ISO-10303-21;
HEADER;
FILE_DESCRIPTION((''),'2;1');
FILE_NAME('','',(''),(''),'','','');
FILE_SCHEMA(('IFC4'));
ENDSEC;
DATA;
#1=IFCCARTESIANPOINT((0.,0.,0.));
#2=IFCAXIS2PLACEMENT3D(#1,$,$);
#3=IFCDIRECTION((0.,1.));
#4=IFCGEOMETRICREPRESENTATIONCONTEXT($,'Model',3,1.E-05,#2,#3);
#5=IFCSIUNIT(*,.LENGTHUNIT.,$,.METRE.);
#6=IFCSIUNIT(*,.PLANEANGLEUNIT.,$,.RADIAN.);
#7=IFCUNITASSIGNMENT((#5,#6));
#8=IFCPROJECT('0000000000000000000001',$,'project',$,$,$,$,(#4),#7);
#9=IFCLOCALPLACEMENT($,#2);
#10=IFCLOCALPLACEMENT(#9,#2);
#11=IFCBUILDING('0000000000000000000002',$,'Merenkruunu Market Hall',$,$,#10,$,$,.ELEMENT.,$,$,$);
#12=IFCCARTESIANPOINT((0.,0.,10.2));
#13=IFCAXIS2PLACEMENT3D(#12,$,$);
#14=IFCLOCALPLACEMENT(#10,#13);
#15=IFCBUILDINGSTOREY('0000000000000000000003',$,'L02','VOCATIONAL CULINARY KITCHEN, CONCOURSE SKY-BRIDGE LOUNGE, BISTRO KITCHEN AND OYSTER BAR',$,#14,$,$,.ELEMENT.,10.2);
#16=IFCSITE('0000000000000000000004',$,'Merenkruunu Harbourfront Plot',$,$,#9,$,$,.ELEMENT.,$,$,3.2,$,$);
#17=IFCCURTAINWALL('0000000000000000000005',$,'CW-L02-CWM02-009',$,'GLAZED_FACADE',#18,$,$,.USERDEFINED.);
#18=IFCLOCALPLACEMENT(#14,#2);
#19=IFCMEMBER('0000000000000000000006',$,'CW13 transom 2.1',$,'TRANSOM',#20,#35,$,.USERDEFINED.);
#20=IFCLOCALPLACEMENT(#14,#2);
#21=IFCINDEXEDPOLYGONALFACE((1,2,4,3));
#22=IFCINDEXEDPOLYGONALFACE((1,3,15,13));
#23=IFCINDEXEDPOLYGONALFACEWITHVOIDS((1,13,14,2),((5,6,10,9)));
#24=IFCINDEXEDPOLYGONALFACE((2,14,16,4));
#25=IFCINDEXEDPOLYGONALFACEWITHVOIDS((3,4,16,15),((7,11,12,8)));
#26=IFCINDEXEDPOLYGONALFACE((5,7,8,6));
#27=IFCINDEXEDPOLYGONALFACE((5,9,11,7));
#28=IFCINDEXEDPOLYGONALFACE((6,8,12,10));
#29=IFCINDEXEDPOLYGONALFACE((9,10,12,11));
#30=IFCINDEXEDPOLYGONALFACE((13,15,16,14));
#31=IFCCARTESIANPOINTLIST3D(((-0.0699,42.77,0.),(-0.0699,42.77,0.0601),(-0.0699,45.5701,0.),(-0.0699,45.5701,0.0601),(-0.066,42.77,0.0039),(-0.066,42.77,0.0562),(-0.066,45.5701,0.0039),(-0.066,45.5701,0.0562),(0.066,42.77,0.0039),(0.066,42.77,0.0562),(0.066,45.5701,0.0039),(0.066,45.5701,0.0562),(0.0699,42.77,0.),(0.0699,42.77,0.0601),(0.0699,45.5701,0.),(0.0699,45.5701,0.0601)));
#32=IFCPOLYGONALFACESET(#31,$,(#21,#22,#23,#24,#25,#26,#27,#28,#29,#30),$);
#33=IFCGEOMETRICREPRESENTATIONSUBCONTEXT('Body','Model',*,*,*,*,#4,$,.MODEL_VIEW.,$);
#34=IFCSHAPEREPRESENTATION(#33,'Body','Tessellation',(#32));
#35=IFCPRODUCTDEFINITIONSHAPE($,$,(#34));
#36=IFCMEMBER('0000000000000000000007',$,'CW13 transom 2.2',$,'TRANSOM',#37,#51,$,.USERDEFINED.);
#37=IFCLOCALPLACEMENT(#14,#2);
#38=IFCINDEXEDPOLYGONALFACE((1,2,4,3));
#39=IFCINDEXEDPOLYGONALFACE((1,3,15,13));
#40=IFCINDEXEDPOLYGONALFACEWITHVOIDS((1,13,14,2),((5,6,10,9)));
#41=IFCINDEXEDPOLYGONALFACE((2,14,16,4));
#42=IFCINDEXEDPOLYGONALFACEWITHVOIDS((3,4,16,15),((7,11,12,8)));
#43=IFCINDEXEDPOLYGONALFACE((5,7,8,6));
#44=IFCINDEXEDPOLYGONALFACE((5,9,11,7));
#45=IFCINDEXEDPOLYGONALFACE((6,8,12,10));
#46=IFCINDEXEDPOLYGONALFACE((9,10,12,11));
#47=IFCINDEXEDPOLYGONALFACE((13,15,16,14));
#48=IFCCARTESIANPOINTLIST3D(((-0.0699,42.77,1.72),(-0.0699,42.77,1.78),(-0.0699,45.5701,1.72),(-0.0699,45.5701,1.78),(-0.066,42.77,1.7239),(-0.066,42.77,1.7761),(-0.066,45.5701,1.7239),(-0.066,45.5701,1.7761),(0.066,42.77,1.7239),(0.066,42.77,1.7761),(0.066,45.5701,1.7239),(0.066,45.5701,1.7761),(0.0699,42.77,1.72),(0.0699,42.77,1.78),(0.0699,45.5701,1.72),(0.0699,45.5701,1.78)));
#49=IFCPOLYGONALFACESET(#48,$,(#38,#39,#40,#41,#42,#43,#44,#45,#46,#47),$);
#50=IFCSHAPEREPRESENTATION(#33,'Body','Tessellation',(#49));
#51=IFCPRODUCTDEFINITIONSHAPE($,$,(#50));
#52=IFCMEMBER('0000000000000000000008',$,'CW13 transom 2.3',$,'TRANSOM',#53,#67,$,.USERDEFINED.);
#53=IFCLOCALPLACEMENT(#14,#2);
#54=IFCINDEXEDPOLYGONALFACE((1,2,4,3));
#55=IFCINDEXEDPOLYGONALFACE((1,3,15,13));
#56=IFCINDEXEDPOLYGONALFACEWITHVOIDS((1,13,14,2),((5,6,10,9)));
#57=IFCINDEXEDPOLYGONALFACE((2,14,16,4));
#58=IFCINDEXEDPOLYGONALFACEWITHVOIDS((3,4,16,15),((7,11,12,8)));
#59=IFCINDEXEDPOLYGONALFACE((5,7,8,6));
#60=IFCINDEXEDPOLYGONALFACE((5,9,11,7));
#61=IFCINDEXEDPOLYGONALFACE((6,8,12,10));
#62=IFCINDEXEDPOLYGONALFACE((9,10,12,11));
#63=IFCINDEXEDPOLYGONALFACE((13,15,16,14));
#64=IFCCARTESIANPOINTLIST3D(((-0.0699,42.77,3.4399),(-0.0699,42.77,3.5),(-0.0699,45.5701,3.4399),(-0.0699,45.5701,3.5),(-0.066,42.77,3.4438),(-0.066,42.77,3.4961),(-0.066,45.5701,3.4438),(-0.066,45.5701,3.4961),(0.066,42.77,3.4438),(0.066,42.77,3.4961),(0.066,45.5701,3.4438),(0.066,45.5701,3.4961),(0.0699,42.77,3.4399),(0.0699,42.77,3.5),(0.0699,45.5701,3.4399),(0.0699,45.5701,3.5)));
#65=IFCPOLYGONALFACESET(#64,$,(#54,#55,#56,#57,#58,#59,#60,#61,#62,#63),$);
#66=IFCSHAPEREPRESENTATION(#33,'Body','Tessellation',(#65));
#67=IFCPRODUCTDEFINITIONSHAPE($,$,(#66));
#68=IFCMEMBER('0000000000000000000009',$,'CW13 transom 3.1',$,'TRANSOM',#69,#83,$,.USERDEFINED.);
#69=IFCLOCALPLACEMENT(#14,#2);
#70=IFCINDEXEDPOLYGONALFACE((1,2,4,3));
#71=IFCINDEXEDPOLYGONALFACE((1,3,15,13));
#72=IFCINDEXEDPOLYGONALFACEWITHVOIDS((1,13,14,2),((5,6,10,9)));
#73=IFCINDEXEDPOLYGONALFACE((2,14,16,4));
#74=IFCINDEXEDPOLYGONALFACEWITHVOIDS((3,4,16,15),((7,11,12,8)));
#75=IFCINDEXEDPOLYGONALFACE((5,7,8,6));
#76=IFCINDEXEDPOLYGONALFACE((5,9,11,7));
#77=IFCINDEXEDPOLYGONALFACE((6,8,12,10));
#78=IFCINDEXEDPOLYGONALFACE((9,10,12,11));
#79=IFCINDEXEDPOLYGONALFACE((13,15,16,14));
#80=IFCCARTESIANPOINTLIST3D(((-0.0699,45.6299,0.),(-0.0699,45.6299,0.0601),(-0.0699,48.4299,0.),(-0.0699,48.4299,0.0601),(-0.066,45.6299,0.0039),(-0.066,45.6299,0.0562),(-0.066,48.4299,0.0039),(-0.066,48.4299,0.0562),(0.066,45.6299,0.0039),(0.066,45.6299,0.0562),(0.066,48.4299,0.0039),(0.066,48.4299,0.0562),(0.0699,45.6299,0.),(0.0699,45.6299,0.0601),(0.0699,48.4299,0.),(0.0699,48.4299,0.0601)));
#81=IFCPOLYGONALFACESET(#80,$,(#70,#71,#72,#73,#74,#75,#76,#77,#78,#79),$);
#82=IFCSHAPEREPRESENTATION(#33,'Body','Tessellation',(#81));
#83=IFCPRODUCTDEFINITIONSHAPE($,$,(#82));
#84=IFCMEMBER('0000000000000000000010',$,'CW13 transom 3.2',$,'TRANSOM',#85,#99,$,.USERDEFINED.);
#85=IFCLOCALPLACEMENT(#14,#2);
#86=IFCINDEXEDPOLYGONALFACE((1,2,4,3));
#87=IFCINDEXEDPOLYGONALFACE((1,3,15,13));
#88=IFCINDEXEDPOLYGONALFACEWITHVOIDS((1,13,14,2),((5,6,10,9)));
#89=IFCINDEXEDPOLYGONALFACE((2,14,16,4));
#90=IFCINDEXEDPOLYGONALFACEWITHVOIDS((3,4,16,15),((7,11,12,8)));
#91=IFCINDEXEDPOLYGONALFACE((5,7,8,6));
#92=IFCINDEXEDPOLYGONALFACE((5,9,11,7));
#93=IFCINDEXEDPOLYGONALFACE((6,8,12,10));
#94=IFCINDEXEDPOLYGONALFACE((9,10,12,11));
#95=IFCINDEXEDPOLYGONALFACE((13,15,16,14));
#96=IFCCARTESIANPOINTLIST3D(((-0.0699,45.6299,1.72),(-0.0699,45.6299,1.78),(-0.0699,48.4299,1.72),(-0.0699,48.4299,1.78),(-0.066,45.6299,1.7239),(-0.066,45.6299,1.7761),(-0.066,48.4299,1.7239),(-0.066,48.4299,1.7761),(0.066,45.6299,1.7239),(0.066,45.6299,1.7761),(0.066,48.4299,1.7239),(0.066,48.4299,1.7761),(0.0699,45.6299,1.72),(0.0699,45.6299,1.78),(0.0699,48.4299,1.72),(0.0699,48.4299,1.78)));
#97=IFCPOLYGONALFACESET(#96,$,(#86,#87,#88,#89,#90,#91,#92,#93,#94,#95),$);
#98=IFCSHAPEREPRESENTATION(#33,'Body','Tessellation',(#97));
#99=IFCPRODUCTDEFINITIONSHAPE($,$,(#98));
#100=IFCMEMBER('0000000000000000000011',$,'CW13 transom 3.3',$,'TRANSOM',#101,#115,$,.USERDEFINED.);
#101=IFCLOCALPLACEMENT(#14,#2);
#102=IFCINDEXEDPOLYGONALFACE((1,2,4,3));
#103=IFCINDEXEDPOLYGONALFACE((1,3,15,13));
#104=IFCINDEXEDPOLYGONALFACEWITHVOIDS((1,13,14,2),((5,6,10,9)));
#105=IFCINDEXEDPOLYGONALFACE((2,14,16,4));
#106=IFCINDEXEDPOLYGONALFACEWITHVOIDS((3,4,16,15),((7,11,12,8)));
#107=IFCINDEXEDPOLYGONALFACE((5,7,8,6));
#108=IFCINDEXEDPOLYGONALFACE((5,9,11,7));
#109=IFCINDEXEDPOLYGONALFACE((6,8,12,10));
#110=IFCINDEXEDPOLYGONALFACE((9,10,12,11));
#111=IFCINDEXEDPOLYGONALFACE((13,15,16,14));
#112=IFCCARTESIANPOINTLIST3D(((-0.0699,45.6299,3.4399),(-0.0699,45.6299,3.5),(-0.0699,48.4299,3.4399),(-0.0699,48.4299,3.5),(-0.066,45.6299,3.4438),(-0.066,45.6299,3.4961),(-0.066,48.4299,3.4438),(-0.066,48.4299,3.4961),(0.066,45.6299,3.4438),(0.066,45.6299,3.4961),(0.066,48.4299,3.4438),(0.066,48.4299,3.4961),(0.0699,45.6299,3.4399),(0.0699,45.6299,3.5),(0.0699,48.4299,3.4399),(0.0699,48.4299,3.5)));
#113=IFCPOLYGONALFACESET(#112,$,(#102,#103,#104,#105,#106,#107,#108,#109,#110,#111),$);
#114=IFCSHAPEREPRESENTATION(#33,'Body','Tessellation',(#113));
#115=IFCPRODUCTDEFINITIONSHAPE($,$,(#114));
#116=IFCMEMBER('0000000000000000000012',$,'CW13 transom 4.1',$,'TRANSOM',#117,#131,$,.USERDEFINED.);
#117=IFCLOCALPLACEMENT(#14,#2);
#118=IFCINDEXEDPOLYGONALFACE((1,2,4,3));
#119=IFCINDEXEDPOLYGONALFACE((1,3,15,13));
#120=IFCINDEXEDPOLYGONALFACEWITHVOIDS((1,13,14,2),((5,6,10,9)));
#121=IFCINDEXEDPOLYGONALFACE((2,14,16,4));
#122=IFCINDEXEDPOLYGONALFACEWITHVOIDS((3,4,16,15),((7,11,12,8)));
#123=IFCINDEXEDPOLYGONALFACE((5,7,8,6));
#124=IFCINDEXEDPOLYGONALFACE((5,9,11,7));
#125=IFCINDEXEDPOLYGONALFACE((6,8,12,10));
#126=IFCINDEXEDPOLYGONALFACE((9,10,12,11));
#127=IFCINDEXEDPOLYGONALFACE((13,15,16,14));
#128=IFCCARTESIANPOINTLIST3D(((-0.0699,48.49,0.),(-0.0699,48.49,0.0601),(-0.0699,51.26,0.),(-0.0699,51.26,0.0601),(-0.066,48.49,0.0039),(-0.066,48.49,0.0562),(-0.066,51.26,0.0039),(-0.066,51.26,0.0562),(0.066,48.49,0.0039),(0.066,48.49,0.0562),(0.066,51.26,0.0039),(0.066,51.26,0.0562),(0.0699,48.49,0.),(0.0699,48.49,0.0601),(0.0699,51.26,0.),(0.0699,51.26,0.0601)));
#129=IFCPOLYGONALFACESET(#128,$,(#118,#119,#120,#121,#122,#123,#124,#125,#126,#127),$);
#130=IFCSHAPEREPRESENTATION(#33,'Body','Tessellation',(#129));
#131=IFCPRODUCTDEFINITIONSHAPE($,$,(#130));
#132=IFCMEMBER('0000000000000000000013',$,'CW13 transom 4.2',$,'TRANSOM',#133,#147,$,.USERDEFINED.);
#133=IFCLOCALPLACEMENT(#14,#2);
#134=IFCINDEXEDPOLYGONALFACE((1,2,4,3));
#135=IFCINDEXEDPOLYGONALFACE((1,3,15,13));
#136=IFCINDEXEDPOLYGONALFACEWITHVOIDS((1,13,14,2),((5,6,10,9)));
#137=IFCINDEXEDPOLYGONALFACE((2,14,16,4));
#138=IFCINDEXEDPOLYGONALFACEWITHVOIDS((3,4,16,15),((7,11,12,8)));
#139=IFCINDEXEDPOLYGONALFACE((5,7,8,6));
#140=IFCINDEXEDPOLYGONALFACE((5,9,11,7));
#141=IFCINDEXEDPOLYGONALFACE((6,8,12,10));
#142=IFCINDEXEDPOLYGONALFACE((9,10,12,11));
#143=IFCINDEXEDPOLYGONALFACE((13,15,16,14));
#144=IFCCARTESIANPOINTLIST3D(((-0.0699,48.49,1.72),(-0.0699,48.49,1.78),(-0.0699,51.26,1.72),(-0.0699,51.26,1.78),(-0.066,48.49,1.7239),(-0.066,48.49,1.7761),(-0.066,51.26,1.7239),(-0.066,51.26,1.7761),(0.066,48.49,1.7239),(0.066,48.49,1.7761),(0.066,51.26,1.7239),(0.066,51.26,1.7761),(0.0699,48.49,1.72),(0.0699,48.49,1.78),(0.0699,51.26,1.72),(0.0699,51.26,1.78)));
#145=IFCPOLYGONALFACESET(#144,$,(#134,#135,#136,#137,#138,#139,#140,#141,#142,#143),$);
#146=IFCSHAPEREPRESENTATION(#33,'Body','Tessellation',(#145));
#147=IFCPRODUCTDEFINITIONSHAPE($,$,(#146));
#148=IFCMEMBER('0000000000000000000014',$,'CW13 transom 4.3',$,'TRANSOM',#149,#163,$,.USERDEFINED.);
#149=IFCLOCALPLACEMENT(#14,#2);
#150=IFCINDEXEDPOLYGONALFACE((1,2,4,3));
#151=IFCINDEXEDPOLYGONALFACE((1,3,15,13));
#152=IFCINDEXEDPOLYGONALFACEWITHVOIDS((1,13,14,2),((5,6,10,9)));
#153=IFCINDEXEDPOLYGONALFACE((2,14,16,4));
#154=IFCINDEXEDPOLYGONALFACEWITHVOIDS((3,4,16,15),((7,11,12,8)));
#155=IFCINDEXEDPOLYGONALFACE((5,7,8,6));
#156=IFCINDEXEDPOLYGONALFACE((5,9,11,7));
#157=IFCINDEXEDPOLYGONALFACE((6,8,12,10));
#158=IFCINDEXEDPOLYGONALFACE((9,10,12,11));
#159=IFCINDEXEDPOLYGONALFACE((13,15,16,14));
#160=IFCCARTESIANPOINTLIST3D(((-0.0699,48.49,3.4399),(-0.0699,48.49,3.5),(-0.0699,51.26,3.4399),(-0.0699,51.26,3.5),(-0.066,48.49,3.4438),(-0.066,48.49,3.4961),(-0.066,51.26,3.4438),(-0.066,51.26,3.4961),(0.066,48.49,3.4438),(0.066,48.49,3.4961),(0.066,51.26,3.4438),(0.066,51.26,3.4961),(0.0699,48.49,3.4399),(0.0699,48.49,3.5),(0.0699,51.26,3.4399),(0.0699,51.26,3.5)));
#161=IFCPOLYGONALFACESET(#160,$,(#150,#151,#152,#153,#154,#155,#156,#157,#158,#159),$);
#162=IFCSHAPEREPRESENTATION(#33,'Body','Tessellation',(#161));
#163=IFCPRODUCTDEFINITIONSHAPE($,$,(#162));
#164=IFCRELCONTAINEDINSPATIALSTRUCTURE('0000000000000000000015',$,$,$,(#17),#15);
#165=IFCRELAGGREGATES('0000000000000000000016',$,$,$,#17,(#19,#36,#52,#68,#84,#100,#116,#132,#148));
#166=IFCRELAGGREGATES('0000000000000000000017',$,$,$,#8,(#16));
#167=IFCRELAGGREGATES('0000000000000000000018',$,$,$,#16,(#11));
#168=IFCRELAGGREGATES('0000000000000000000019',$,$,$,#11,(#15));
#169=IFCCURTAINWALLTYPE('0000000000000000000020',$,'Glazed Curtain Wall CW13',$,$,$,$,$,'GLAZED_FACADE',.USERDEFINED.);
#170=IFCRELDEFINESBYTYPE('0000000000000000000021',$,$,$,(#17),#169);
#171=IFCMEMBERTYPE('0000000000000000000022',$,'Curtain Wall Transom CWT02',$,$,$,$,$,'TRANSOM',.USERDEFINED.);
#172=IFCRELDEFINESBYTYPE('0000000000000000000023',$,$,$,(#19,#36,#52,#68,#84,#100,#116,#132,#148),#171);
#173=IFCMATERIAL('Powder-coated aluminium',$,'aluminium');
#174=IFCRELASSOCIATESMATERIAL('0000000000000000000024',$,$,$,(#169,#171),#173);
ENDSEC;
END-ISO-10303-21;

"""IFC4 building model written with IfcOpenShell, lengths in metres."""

from ifc_helpers import new_model, si_unit, direction, frame, origin, origin_2d, place, context, subcontext, project, spatial, hollow_rectangle, extrude, material, material_profile, profile_set, type_object, element, aggregate, save


model = new_model("IFC4")

# Units and contexts
model_context = context("Model", 3, precision=1e-05, world=origin(), true_north=direction((0.0, 1.0)))
body_context = subcontext(model_context, "Body", "Model", "MODEL_VIEW")
ifc_project = project(units=[si_unit("LENGTHUNIT", "METRE"), si_unit("PLANEANGLEUNIT", "RADIAN")], contexts=[model_context])

# Site, building, storey
site_placement = place(None, origin())
site = spatial("IfcSite", under=ifc_project, at=site_placement, Name="Merenkruunu Harbourfront Plot", CompositionType="ELEMENT", RefElevation=3.2)
building_placement = place(site_placement, origin())
building = spatial("IfcBuilding", under=site, at=building_placement, Name="Merenkruunu Market Hall", CompositionType="ELEMENT")
storey_placement = place(building_placement, frame((0.0, 0.0, 10.2)))
storey = spatial("IfcBuildingStorey", under=building, at=storey_placement, Name="L02", Description="VOCATIONAL CULINARY KITCHEN, CONCOURSE SKY-BRIDGE LOUNGE, BISTRO KITCHEN AND OYSTER BAR", CompositionType="ELEMENT", Elevation=10.2)

# Curtain wall, members
ifc_material_1 = material(Name="Powder-coated aluminium", Category="aluminium")
curtain_wall_type = type_object("IfcCurtainWallType", Name="Glazed Curtain Wall CW13", ElementType="GLAZED_FACADE", PredefinedType="USERDEFINED", material=ifc_material_1)
curtain_wall_placement = place(storey_placement, origin())
curtain_wall = element("IfcCurtainWall", 1, at=curtain_wall_placement, inside=storey, type_object=curtain_wall_type, Name="CW-L02-CWM02-009", ObjectType="GLAZED_FACADE", PredefinedType="USERDEFINED")
ifc_material_profile_1 = material_profile(ifc_material_1, hollow_rectangle(XDim=0.0601, YDim=0.1399, WallThickness=0.0039, at=origin_2d()), Name="ALU 60x140x4")
ifc_profile_set_1 = profile_set([ifc_material_profile_1], Name="Powder-coated aluminium")
member_type_1 = type_object("IfcMemberType", Name="Curtain Wall Transom CWT02", ElementType="TRANSOM", PredefinedType="USERDEFINED", material=ifc_profile_set_1)
member_1_placement = place(storey_placement, frame((0.0, 42.77, 0.03), z_axis=(0.0, 1.0, 0.0), x_axis=(0.0, 0.0, 1.0)))
member_1 = element("IfcMember", 2, at=member_1_placement, type_object=member_type_1, Name="CW13 transom 2.1", ObjectType="TRANSOM", PredefinedType="USERDEFINED", context=body_context, shape_type="SweptSolid", body=[
    extrude(hollow_rectangle(XDim=0.0601, YDim=0.1399, WallThickness=0.0039, at=origin_2d()), origin(), (0.0, 0.0, 1.0), 2.8),
])
member_2_placement = place(storey_placement, frame((0.0, 42.77, 1.75), z_axis=(0.0, 1.0, 0.0), x_axis=(0.0, 0.0, 1.0)))
member_2 = element("IfcMember", 3, at=member_2_placement, type_object=member_type_1, Name="CW13 transom 2.2", ObjectType="TRANSOM", PredefinedType="USERDEFINED", context=body_context, shape_type="SweptSolid", body=[
    extrude(hollow_rectangle(XDim=0.0601, YDim=0.1399, WallThickness=0.0039, at=origin_2d()), origin(), (0.0, 0.0, 1.0), 2.8),
])
member_3_placement = place(storey_placement, frame((0.0, 42.77, 3.47), z_axis=(0.0, 1.0, 0.0), x_axis=(0.0, 0.0, 1.0)))
member_3 = element("IfcMember", 4, at=member_3_placement, type_object=member_type_1, Name="CW13 transom 2.3", ObjectType="TRANSOM", PredefinedType="USERDEFINED", context=body_context, shape_type="SweptSolid", body=[
    extrude(hollow_rectangle(XDim=0.0601, YDim=0.1399, WallThickness=0.0039, at=origin_2d()), origin(), (0.0, 0.0, 1.0), 2.8),
])
member_4_placement = place(storey_placement, frame((0.0, 45.6299, 0.03), z_axis=(0.0, 1.0, 0.0), x_axis=(0.0, 0.0, 1.0)))
member_4 = element("IfcMember", 5, at=member_4_placement, type_object=member_type_1, Name="CW13 transom 3.1", ObjectType="TRANSOM", PredefinedType="USERDEFINED", context=body_context, shape_type="SweptSolid", body=[
    extrude(hollow_rectangle(XDim=0.0601, YDim=0.1399, WallThickness=0.0039, at=origin_2d()), origin(), (0.0, 0.0, 1.0), 2.8),
])
member_5_placement = place(storey_placement, frame((0.0, 45.6299, 1.75), z_axis=(0.0, 1.0, 0.0), x_axis=(0.0, 0.0, 1.0)))
member_5 = element("IfcMember", 6, at=member_5_placement, type_object=member_type_1, Name="CW13 transom 3.2", ObjectType="TRANSOM", PredefinedType="USERDEFINED", context=body_context, shape_type="SweptSolid", body=[
    extrude(hollow_rectangle(XDim=0.0601, YDim=0.1399, WallThickness=0.0039, at=origin_2d()), origin(), (0.0, 0.0, 1.0), 2.8),
])
member_6_placement = place(storey_placement, frame((0.0, 45.6299, 3.47), z_axis=(0.0, 1.0, 0.0), x_axis=(0.0, 0.0, 1.0)))
member_6 = element("IfcMember", 7, at=member_6_placement, type_object=member_type_1, Name="CW13 transom 3.3", ObjectType="TRANSOM", PredefinedType="USERDEFINED", context=body_context, shape_type="SweptSolid", body=[
    extrude(hollow_rectangle(XDim=0.0601, YDim=0.1399, WallThickness=0.0039, at=origin_2d()), origin(), (0.0, 0.0, 1.0), 2.8),
])
member_7_placement = place(storey_placement, frame((0.0, 48.49, 0.03), z_axis=(0.0, 1.0, 0.0), x_axis=(0.0, 0.0, 1.0)))
member_7 = element("IfcMember", 8, at=member_7_placement, type_object=member_type_1, Name="CW13 transom 4.1", ObjectType="TRANSOM", PredefinedType="USERDEFINED", context=body_context, shape_type="SweptSolid", body=[
    extrude(hollow_rectangle(XDim=0.0601, YDim=0.1399, WallThickness=0.0039, at=origin_2d()), origin(), (0.0, 0.0, 1.0), 2.77),
])
member_8_placement = place(storey_placement, frame((0.0, 48.49, 1.75), z_axis=(0.0, 1.0, 0.0), x_axis=(0.0, 0.0, 1.0)))
member_8 = element("IfcMember", 9, at=member_8_placement, type_object=member_type_1, Name="CW13 transom 4.2", ObjectType="TRANSOM", PredefinedType="USERDEFINED", context=body_context, shape_type="SweptSolid", body=[
    extrude(hollow_rectangle(XDim=0.0601, YDim=0.1399, WallThickness=0.0039, at=origin_2d()), origin(), (0.0, 0.0, 1.0), 2.77),
])
member_9_placement = place(storey_placement, frame((0.0, 48.49, 3.47), z_axis=(0.0, 1.0, 0.0), x_axis=(0.0, 0.0, 1.0)))
member_9 = element("IfcMember", 10, at=member_9_placement, type_object=member_type_1, Name="CW13 transom 4.3", ObjectType="TRANSOM", PredefinedType="USERDEFINED", context=body_context, shape_type="SweptSolid", body=[
    extrude(hollow_rectangle(XDim=0.0601, YDim=0.1399, WallThickness=0.0039, at=origin_2d()), origin(), (0.0, 0.0, 1.0), 2.77),
])

aggregate(curtain_wall, [member_1, member_2, member_3, member_4, member_5, member_6, member_7, member_8, member_9])

save(model, "model.ifc")
